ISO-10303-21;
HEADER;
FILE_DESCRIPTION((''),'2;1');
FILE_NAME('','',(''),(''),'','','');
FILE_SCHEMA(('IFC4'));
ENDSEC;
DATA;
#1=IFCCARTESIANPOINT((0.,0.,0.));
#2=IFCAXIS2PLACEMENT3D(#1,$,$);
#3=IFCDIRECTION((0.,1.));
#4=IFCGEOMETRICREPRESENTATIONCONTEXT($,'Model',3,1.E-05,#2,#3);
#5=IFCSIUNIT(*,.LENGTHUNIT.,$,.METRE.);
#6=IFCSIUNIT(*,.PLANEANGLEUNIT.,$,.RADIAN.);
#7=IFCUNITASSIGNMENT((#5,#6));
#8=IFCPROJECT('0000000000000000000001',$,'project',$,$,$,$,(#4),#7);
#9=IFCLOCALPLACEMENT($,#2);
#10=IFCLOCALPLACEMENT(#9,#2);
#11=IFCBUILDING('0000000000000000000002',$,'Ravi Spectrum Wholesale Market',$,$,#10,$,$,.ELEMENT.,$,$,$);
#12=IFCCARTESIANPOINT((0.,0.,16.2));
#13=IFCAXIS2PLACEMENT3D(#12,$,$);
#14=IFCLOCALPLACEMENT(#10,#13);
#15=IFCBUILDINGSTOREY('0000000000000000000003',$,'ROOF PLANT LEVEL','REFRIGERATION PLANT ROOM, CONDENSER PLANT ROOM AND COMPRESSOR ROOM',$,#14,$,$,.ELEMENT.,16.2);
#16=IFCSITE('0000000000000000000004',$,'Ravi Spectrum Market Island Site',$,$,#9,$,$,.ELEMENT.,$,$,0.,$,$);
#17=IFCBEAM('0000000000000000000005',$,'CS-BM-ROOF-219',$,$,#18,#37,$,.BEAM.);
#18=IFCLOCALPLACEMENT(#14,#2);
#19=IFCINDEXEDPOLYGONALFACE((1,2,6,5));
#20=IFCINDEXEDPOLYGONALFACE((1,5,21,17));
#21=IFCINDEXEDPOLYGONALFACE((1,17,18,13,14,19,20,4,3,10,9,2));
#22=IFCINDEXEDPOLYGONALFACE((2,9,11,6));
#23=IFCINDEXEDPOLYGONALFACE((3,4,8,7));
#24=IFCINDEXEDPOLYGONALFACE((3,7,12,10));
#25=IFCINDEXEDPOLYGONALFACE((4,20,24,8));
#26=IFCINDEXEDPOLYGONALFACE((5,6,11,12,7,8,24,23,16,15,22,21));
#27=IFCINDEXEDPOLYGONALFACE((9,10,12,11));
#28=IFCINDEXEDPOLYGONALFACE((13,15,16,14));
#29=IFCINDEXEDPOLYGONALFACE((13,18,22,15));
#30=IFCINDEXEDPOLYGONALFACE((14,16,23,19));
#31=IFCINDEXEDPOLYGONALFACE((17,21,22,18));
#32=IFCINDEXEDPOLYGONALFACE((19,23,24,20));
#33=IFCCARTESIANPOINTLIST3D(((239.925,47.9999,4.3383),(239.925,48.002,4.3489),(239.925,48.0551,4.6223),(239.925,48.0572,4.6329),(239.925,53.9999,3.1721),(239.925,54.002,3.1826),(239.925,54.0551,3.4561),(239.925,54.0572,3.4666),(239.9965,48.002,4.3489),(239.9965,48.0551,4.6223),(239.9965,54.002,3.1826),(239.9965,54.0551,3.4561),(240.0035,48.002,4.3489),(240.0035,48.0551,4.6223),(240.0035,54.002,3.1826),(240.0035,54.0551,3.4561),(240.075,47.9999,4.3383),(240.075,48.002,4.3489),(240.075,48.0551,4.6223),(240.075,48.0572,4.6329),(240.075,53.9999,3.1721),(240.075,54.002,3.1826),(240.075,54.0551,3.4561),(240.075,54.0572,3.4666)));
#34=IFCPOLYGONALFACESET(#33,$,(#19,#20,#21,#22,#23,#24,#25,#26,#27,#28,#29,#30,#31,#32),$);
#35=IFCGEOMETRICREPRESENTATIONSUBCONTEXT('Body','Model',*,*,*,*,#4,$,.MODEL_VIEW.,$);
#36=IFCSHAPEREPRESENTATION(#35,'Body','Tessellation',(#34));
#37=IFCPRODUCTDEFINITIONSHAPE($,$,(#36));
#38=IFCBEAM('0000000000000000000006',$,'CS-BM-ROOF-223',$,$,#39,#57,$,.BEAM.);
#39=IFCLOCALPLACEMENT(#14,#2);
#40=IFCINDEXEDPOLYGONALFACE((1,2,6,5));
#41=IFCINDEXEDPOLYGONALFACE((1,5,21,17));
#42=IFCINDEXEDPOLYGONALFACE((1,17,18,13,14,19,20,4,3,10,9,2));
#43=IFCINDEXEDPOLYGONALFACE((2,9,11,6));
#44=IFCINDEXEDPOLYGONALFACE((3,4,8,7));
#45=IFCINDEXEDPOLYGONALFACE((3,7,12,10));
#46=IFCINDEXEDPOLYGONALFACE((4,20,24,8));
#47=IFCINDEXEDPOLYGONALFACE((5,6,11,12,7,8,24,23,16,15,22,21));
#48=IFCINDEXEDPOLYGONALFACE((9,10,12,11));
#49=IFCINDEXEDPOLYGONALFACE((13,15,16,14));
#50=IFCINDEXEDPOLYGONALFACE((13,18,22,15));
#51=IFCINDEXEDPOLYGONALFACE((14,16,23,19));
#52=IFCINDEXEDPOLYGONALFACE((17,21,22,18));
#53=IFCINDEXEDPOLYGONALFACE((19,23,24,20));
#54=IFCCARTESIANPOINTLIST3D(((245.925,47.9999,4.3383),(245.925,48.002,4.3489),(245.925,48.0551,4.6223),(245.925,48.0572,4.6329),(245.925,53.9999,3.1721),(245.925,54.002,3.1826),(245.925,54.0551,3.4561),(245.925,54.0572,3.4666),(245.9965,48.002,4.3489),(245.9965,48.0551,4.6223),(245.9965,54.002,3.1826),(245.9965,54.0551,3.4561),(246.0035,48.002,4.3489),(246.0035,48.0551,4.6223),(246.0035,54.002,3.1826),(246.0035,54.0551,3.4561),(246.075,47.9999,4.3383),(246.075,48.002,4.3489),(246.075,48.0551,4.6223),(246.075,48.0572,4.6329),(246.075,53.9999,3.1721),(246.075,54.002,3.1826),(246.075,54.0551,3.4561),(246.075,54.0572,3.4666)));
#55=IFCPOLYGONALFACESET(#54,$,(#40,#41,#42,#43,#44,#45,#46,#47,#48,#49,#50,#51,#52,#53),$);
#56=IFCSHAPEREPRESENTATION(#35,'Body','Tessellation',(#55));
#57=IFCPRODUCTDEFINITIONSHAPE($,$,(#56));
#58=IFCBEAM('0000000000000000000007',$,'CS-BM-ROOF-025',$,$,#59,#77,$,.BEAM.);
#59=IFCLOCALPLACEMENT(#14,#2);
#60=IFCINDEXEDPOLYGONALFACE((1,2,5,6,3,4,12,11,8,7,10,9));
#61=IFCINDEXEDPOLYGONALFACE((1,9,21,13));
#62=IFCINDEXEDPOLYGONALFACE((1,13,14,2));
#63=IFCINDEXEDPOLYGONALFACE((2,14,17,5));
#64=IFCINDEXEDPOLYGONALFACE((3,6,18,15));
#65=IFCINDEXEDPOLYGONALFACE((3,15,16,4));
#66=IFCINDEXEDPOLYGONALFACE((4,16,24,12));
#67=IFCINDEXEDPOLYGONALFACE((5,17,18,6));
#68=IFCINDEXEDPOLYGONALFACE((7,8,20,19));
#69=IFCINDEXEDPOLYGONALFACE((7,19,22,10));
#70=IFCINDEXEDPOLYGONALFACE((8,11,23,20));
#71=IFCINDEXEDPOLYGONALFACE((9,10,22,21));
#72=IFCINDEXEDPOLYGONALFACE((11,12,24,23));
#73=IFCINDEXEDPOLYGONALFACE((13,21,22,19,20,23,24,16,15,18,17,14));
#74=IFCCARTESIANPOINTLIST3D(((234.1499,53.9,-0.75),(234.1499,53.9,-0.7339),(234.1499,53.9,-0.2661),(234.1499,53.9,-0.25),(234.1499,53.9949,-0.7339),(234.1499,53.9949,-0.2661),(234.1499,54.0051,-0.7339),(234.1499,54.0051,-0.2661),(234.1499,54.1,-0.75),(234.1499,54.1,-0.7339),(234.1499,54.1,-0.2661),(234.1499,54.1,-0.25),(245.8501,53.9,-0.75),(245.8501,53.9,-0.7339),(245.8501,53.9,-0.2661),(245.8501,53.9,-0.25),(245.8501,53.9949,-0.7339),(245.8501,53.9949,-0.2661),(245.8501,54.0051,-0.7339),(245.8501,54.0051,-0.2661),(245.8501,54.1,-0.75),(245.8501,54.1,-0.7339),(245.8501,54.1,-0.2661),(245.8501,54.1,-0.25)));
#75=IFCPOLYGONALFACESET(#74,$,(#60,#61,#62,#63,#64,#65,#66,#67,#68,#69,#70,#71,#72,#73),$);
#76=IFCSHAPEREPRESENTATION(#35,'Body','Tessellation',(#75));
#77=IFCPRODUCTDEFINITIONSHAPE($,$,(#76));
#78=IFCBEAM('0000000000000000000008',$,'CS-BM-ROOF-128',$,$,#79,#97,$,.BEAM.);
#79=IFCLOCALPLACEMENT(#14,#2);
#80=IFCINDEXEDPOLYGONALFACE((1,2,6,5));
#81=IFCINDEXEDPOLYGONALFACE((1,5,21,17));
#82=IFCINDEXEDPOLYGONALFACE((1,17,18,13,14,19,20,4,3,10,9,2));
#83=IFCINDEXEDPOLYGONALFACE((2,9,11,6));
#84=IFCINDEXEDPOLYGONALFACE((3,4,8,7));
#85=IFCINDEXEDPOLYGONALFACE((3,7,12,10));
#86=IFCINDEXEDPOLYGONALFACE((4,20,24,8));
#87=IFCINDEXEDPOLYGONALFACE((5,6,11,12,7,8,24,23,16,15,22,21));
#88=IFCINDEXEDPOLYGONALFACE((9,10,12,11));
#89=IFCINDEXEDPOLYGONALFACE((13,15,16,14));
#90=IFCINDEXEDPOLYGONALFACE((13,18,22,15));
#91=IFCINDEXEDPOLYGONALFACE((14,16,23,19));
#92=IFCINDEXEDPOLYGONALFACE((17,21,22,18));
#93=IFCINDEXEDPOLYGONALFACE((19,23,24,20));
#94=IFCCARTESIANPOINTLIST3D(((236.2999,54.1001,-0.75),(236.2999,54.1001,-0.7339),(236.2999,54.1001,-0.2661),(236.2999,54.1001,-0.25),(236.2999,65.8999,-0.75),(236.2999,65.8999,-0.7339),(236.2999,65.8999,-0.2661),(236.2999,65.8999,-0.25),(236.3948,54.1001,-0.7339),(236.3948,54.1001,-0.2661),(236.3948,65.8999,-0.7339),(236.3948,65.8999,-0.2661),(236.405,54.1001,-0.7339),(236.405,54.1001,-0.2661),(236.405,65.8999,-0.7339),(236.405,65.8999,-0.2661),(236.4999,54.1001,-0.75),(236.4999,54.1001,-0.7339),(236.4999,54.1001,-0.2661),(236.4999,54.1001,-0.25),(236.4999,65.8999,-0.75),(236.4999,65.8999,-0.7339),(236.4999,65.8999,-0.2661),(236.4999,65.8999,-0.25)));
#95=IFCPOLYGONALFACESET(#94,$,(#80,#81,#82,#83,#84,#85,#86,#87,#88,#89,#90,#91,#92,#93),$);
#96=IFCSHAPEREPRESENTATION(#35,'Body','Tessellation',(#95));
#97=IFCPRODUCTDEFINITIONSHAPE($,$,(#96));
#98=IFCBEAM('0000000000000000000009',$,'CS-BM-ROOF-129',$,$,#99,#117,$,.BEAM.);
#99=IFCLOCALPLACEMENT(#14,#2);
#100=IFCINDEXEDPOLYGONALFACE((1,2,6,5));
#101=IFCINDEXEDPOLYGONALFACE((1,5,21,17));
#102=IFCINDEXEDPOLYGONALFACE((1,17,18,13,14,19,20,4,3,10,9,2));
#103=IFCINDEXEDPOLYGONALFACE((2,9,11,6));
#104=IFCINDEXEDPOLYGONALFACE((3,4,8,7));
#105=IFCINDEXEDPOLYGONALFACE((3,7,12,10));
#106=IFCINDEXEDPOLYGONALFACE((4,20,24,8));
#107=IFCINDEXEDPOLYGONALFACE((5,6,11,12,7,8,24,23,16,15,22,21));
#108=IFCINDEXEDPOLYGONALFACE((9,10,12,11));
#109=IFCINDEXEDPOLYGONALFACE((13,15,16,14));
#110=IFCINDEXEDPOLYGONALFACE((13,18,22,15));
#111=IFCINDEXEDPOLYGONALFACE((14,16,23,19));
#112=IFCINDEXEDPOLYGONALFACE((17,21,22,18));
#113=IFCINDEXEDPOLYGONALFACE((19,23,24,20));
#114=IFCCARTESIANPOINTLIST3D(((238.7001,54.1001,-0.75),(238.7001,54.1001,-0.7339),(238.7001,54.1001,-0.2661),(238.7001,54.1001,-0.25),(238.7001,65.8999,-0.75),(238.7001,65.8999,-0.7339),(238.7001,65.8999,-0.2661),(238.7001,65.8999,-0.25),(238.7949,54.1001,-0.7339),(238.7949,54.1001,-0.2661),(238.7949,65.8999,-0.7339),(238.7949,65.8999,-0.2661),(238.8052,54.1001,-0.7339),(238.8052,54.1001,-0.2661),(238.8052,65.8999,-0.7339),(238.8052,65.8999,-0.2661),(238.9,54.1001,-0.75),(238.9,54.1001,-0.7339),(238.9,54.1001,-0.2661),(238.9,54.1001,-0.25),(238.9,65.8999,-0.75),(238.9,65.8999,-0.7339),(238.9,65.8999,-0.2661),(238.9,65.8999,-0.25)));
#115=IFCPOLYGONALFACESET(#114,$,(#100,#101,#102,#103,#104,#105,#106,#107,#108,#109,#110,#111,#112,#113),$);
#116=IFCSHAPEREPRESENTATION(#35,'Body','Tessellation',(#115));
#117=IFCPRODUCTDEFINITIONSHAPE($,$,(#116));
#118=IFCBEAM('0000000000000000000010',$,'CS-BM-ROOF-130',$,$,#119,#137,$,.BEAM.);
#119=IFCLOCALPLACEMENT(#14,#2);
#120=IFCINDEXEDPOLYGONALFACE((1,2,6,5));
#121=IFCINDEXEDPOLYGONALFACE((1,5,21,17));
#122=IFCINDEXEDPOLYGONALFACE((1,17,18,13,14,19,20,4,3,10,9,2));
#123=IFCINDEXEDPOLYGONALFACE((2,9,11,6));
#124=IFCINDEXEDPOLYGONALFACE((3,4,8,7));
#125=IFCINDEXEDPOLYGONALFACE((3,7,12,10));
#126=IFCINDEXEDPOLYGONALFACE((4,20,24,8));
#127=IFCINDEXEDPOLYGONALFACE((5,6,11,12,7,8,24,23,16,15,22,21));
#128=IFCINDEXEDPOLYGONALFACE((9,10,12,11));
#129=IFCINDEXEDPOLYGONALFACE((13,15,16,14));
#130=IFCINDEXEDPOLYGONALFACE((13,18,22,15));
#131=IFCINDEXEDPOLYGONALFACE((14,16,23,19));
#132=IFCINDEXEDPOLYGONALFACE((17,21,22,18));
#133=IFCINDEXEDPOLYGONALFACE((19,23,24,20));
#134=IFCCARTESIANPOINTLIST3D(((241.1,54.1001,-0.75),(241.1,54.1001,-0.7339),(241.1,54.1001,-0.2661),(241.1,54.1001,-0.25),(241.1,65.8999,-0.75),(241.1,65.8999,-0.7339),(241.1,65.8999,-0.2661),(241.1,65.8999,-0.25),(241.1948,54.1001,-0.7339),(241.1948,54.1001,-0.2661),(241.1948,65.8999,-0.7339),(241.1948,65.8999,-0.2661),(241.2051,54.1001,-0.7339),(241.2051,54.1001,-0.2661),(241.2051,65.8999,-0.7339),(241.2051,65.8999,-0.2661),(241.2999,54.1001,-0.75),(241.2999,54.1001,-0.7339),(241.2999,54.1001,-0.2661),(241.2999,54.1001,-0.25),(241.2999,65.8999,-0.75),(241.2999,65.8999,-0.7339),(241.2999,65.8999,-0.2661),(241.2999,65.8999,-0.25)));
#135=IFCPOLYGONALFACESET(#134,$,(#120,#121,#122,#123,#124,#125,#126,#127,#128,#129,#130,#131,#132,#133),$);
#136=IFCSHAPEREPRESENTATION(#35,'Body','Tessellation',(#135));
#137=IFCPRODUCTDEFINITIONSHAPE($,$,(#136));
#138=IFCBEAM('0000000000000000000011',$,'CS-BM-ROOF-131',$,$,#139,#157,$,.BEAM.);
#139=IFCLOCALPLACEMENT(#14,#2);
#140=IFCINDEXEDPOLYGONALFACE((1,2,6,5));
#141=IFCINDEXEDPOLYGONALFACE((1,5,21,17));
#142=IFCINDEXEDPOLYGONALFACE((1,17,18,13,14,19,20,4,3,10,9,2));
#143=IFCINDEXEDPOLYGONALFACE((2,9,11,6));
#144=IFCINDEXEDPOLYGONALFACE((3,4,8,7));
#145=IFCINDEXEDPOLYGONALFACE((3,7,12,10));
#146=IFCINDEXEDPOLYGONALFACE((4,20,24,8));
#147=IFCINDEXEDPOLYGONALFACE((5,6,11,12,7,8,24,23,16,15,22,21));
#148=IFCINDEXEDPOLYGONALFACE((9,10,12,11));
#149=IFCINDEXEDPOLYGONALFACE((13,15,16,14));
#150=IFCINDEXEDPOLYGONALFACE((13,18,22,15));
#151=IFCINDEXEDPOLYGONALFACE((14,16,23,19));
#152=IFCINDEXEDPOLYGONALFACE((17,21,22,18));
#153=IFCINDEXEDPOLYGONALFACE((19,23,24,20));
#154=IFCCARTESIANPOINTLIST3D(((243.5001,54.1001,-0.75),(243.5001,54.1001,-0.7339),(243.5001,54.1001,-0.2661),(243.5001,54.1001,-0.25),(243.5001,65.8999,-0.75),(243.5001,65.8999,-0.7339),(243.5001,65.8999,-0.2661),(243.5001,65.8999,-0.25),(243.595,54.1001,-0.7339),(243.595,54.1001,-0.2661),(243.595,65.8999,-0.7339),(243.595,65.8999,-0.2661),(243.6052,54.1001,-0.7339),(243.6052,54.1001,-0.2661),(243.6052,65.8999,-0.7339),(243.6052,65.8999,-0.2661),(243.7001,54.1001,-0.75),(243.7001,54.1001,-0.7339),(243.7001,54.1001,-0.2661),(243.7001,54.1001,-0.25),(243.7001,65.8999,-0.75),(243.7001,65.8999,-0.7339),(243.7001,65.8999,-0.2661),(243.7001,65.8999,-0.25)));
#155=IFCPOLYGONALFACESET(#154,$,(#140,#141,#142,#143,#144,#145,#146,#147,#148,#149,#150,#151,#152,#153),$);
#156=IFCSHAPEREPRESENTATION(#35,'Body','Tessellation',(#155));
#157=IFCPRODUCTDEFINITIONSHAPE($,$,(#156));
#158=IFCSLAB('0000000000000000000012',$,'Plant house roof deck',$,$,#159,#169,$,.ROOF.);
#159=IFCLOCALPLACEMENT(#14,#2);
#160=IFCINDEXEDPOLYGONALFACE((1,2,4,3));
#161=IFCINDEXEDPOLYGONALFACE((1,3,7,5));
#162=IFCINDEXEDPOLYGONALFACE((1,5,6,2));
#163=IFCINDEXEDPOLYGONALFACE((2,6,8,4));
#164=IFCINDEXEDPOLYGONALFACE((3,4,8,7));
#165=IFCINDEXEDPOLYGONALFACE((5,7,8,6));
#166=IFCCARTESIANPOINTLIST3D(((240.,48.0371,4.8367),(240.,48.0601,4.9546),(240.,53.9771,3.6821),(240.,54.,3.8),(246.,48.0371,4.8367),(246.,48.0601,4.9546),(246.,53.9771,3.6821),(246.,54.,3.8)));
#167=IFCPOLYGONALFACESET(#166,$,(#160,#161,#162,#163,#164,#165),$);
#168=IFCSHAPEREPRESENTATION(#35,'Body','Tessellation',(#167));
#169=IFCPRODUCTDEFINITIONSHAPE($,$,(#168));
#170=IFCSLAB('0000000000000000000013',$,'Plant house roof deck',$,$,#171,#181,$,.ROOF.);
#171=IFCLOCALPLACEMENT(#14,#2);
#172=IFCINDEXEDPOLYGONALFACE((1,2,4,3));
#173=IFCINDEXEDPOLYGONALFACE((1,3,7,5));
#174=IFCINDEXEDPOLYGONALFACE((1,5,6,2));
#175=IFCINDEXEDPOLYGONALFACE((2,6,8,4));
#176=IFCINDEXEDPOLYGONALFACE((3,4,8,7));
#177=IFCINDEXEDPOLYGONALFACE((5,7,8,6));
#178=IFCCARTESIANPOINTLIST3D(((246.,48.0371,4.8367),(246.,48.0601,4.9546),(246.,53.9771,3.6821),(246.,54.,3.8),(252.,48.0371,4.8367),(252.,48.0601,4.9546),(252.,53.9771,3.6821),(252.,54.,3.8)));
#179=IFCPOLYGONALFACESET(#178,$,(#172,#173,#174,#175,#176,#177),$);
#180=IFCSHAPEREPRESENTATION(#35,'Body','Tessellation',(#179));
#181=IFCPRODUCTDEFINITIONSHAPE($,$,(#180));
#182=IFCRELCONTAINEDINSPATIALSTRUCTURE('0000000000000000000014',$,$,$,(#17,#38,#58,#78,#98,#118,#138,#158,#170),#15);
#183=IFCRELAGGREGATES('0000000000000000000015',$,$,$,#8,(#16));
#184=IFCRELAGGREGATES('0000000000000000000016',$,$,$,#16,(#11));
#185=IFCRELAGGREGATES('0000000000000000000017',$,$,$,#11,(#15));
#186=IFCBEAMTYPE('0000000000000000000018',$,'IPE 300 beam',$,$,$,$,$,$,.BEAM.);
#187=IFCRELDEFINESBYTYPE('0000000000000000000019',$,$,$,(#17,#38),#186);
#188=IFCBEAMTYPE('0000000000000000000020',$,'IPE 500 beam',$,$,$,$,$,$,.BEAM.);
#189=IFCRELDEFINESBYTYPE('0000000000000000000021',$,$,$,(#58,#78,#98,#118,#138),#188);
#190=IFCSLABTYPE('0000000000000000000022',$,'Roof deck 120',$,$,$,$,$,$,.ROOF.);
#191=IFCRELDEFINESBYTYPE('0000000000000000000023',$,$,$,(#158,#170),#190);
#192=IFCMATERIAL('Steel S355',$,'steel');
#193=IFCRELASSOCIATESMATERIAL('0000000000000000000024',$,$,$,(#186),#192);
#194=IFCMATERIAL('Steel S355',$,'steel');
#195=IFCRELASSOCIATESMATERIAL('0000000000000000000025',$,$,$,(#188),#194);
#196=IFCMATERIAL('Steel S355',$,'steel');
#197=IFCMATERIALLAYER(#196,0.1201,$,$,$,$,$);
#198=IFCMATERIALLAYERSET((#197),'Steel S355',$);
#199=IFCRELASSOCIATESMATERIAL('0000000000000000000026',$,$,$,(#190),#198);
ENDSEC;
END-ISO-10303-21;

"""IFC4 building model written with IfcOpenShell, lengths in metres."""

from ifc_helpers import new_model, si_unit, direction, frame, origin, origin_2d, place, context, subcontext, project, spatial, polyline, i_section, outline, extrude, material, layer, layer_set, material_profile, profile_set, type_object, element, save


model = new_model("IFC4")

# Units and contexts
model_context = context("Model", 3, precision=1e-05, world=origin(), true_north=direction((0.0, 1.0)))
body_context = subcontext(model_context, "Body", "Model", "MODEL_VIEW")
ifc_project = project(units=[si_unit("LENGTHUNIT", "METRE"), si_unit("PLANEANGLEUNIT", "RADIAN")], contexts=[model_context])

# Site, building, storey
site_placement = place(None, origin())
site = spatial("IfcSite", under=ifc_project, at=site_placement, Name="Ravi Spectrum Market Island Site", CompositionType="ELEMENT", RefElevation=0.0)
building_placement = place(site_placement, origin())
building = spatial("IfcBuilding", under=site, at=building_placement, Name="Ravi Spectrum Wholesale Market", CompositionType="ELEMENT")
storey_placement = place(building_placement, frame((0.0, 0.0, 16.2)))
storey = spatial("IfcBuildingStorey", under=building, at=storey_placement, Name="ROOF PLANT LEVEL", Description="REFRIGERATION PLANT ROOM, CONDENSER PLANT ROOM AND COMPRESSOR ROOM", CompositionType="ELEMENT", Elevation=16.2)

# Beams
ifc_material_1 = material(Name="Steel S355", Category="steel")
ifc_material_profile_1 = material_profile(ifc_material_1, i_section(OverallWidth=0.1499, OverallDepth=0.3, WebThickness=0.0071, FlangeThickness=0.0107, at=origin_2d()))
ifc_profile_set_1 = profile_set([ifc_material_profile_1], Name="Steel S355")
beam_type_1 = type_object("IfcBeamType", Name="IPE 300 beam", PredefinedType="BEAM", material=ifc_profile_set_1)
for number, where, z_axis, x_axis, name in (
    (1, (240.0, 54.0286, 3.3193), (0.0, -0.981628, 0.190806), (1.0, 0.0, 0.0), "CS-BM-ROOF-219"),
    (2, (246.0, 54.0286, 3.3193), (0.0, -0.981628, 0.190806), (1.0, 0.0, 0.0), "CS-BM-ROOF-223"),
):
    element("IfcBeam", number, at=place(storey_placement, frame(where, z_axis=z_axis, x_axis=x_axis)), inside=storey, type_object=beam_type_1, Name=name, PredefinedType="BEAM", context=body_context, shape_type="SweptSolid", body=[
        extrude(i_section(OverallWidth=0.1499, OverallDepth=0.3, WebThickness=0.0071, FlangeThickness=0.0107, at=origin_2d()), origin(), (0.0, 0.0, 1.0), 6.1123),
    ])
ifc_material_2 = material(Name="Steel S355", Category="steel")
ifc_material_profile_2 = material_profile(ifc_material_2, i_section(OverallWidth=0.2, OverallDepth=0.5, WebThickness=0.0103, FlangeThickness=0.0161, at=origin_2d()))
ifc_profile_set_2 = profile_set([ifc_material_profile_2], Name="Steel S355")
beam_type_2 = type_object("IfcBeamType", Name="IPE 500 beam", PredefinedType="BEAM", material=ifc_profile_set_2)
beam_placement = place(storey_placement, frame((234.1499, 54.0, -0.5), z_axis=(1.0, 0.0, 0.0), x_axis=(0.0, 1.0, 0.0)))
element("IfcBeam", 3, at=beam_placement, inside=storey, type_object=beam_type_2, Name="CS-BM-ROOF-025", PredefinedType="BEAM", context=body_context, shape_type="SweptSolid", body=[
    extrude(i_section(OverallWidth=0.2, OverallDepth=0.5, WebThickness=0.0103, FlangeThickness=0.0161, at=origin_2d()), origin(), (0.0, 0.0, 1.0), 11.7002),
])
for number, where, z_axis, x_axis, name in (
    (4, (236.3999, 54.1001, -0.5), (0.0, 1.0, 0.0), (-1.0, 0.0, 0.0), "CS-BM-ROOF-128"),
    (5, (238.8, 54.1001, -0.5), (0.0, 1.0, 0.0), (-1.0, 0.0, 0.0), "CS-BM-ROOF-129"),
    (6, (241.2, 54.1001, -0.5), (0.0, 1.0, 0.0), (-1.0, 0.0, 0.0), "CS-BM-ROOF-130"),
    (7, (243.6001, 54.1001, -0.5), (0.0, 1.0, 0.0), (-1.0, 0.0, 0.0), "CS-BM-ROOF-131"),
):
    element("IfcBeam", number, at=place(storey_placement, frame(where, z_axis=z_axis, x_axis=x_axis)), inside=storey, type_object=beam_type_2, Name=name, PredefinedType="BEAM", context=body_context, shape_type="SweptSolid", body=[
        extrude(i_section(OverallWidth=0.2, OverallDepth=0.5, WebThickness=0.0103, FlangeThickness=0.0161, at=origin_2d()), origin(), (0.0, 0.0, 1.0), 11.7998),
    ])

# Slabs
ifc_material_3 = material(Name="Steel S355", Category="steel")
ifc_layer_1 = layer(ifc_material_3, 0.1201)
ifc_layer_set_1 = layer_set([ifc_layer_1], Name="Steel S355")
slab_type = type_object("IfcSlabType", Name="Roof deck 120", PredefinedType="ROOF", material=ifc_layer_set_1)
for number, where, z_axis, x_axis, name in (
    (8, (240.0, 54.0, 3.8), (0.0, 0.190798, 0.981629), (1.0, 0.0, 0.0), "Plant house roof deck"),
    (9, (246.0, 54.0, 3.8), (0.0, 0.190798, 0.981629), (1.0, 0.0, 0.0), "Plant house roof deck"),
):
    element("IfcSlab", number, at=place(storey_placement, frame(where, z_axis=z_axis, x_axis=x_axis)), inside=storey, type_object=slab_type, Name=name, PredefinedType="ROOF", context=body_context, shape_type="SweptSolid", body=[
        extrude(outline(polyline([(0.0, 0.0), (6.0, 0.0), (6.0, -6.0511), (0.0, -6.0511), (0.0, 0.0)])), origin(), (0.0, 0.0, -1.0), 0.1201),
    ])

save(model, "model.ifc")
